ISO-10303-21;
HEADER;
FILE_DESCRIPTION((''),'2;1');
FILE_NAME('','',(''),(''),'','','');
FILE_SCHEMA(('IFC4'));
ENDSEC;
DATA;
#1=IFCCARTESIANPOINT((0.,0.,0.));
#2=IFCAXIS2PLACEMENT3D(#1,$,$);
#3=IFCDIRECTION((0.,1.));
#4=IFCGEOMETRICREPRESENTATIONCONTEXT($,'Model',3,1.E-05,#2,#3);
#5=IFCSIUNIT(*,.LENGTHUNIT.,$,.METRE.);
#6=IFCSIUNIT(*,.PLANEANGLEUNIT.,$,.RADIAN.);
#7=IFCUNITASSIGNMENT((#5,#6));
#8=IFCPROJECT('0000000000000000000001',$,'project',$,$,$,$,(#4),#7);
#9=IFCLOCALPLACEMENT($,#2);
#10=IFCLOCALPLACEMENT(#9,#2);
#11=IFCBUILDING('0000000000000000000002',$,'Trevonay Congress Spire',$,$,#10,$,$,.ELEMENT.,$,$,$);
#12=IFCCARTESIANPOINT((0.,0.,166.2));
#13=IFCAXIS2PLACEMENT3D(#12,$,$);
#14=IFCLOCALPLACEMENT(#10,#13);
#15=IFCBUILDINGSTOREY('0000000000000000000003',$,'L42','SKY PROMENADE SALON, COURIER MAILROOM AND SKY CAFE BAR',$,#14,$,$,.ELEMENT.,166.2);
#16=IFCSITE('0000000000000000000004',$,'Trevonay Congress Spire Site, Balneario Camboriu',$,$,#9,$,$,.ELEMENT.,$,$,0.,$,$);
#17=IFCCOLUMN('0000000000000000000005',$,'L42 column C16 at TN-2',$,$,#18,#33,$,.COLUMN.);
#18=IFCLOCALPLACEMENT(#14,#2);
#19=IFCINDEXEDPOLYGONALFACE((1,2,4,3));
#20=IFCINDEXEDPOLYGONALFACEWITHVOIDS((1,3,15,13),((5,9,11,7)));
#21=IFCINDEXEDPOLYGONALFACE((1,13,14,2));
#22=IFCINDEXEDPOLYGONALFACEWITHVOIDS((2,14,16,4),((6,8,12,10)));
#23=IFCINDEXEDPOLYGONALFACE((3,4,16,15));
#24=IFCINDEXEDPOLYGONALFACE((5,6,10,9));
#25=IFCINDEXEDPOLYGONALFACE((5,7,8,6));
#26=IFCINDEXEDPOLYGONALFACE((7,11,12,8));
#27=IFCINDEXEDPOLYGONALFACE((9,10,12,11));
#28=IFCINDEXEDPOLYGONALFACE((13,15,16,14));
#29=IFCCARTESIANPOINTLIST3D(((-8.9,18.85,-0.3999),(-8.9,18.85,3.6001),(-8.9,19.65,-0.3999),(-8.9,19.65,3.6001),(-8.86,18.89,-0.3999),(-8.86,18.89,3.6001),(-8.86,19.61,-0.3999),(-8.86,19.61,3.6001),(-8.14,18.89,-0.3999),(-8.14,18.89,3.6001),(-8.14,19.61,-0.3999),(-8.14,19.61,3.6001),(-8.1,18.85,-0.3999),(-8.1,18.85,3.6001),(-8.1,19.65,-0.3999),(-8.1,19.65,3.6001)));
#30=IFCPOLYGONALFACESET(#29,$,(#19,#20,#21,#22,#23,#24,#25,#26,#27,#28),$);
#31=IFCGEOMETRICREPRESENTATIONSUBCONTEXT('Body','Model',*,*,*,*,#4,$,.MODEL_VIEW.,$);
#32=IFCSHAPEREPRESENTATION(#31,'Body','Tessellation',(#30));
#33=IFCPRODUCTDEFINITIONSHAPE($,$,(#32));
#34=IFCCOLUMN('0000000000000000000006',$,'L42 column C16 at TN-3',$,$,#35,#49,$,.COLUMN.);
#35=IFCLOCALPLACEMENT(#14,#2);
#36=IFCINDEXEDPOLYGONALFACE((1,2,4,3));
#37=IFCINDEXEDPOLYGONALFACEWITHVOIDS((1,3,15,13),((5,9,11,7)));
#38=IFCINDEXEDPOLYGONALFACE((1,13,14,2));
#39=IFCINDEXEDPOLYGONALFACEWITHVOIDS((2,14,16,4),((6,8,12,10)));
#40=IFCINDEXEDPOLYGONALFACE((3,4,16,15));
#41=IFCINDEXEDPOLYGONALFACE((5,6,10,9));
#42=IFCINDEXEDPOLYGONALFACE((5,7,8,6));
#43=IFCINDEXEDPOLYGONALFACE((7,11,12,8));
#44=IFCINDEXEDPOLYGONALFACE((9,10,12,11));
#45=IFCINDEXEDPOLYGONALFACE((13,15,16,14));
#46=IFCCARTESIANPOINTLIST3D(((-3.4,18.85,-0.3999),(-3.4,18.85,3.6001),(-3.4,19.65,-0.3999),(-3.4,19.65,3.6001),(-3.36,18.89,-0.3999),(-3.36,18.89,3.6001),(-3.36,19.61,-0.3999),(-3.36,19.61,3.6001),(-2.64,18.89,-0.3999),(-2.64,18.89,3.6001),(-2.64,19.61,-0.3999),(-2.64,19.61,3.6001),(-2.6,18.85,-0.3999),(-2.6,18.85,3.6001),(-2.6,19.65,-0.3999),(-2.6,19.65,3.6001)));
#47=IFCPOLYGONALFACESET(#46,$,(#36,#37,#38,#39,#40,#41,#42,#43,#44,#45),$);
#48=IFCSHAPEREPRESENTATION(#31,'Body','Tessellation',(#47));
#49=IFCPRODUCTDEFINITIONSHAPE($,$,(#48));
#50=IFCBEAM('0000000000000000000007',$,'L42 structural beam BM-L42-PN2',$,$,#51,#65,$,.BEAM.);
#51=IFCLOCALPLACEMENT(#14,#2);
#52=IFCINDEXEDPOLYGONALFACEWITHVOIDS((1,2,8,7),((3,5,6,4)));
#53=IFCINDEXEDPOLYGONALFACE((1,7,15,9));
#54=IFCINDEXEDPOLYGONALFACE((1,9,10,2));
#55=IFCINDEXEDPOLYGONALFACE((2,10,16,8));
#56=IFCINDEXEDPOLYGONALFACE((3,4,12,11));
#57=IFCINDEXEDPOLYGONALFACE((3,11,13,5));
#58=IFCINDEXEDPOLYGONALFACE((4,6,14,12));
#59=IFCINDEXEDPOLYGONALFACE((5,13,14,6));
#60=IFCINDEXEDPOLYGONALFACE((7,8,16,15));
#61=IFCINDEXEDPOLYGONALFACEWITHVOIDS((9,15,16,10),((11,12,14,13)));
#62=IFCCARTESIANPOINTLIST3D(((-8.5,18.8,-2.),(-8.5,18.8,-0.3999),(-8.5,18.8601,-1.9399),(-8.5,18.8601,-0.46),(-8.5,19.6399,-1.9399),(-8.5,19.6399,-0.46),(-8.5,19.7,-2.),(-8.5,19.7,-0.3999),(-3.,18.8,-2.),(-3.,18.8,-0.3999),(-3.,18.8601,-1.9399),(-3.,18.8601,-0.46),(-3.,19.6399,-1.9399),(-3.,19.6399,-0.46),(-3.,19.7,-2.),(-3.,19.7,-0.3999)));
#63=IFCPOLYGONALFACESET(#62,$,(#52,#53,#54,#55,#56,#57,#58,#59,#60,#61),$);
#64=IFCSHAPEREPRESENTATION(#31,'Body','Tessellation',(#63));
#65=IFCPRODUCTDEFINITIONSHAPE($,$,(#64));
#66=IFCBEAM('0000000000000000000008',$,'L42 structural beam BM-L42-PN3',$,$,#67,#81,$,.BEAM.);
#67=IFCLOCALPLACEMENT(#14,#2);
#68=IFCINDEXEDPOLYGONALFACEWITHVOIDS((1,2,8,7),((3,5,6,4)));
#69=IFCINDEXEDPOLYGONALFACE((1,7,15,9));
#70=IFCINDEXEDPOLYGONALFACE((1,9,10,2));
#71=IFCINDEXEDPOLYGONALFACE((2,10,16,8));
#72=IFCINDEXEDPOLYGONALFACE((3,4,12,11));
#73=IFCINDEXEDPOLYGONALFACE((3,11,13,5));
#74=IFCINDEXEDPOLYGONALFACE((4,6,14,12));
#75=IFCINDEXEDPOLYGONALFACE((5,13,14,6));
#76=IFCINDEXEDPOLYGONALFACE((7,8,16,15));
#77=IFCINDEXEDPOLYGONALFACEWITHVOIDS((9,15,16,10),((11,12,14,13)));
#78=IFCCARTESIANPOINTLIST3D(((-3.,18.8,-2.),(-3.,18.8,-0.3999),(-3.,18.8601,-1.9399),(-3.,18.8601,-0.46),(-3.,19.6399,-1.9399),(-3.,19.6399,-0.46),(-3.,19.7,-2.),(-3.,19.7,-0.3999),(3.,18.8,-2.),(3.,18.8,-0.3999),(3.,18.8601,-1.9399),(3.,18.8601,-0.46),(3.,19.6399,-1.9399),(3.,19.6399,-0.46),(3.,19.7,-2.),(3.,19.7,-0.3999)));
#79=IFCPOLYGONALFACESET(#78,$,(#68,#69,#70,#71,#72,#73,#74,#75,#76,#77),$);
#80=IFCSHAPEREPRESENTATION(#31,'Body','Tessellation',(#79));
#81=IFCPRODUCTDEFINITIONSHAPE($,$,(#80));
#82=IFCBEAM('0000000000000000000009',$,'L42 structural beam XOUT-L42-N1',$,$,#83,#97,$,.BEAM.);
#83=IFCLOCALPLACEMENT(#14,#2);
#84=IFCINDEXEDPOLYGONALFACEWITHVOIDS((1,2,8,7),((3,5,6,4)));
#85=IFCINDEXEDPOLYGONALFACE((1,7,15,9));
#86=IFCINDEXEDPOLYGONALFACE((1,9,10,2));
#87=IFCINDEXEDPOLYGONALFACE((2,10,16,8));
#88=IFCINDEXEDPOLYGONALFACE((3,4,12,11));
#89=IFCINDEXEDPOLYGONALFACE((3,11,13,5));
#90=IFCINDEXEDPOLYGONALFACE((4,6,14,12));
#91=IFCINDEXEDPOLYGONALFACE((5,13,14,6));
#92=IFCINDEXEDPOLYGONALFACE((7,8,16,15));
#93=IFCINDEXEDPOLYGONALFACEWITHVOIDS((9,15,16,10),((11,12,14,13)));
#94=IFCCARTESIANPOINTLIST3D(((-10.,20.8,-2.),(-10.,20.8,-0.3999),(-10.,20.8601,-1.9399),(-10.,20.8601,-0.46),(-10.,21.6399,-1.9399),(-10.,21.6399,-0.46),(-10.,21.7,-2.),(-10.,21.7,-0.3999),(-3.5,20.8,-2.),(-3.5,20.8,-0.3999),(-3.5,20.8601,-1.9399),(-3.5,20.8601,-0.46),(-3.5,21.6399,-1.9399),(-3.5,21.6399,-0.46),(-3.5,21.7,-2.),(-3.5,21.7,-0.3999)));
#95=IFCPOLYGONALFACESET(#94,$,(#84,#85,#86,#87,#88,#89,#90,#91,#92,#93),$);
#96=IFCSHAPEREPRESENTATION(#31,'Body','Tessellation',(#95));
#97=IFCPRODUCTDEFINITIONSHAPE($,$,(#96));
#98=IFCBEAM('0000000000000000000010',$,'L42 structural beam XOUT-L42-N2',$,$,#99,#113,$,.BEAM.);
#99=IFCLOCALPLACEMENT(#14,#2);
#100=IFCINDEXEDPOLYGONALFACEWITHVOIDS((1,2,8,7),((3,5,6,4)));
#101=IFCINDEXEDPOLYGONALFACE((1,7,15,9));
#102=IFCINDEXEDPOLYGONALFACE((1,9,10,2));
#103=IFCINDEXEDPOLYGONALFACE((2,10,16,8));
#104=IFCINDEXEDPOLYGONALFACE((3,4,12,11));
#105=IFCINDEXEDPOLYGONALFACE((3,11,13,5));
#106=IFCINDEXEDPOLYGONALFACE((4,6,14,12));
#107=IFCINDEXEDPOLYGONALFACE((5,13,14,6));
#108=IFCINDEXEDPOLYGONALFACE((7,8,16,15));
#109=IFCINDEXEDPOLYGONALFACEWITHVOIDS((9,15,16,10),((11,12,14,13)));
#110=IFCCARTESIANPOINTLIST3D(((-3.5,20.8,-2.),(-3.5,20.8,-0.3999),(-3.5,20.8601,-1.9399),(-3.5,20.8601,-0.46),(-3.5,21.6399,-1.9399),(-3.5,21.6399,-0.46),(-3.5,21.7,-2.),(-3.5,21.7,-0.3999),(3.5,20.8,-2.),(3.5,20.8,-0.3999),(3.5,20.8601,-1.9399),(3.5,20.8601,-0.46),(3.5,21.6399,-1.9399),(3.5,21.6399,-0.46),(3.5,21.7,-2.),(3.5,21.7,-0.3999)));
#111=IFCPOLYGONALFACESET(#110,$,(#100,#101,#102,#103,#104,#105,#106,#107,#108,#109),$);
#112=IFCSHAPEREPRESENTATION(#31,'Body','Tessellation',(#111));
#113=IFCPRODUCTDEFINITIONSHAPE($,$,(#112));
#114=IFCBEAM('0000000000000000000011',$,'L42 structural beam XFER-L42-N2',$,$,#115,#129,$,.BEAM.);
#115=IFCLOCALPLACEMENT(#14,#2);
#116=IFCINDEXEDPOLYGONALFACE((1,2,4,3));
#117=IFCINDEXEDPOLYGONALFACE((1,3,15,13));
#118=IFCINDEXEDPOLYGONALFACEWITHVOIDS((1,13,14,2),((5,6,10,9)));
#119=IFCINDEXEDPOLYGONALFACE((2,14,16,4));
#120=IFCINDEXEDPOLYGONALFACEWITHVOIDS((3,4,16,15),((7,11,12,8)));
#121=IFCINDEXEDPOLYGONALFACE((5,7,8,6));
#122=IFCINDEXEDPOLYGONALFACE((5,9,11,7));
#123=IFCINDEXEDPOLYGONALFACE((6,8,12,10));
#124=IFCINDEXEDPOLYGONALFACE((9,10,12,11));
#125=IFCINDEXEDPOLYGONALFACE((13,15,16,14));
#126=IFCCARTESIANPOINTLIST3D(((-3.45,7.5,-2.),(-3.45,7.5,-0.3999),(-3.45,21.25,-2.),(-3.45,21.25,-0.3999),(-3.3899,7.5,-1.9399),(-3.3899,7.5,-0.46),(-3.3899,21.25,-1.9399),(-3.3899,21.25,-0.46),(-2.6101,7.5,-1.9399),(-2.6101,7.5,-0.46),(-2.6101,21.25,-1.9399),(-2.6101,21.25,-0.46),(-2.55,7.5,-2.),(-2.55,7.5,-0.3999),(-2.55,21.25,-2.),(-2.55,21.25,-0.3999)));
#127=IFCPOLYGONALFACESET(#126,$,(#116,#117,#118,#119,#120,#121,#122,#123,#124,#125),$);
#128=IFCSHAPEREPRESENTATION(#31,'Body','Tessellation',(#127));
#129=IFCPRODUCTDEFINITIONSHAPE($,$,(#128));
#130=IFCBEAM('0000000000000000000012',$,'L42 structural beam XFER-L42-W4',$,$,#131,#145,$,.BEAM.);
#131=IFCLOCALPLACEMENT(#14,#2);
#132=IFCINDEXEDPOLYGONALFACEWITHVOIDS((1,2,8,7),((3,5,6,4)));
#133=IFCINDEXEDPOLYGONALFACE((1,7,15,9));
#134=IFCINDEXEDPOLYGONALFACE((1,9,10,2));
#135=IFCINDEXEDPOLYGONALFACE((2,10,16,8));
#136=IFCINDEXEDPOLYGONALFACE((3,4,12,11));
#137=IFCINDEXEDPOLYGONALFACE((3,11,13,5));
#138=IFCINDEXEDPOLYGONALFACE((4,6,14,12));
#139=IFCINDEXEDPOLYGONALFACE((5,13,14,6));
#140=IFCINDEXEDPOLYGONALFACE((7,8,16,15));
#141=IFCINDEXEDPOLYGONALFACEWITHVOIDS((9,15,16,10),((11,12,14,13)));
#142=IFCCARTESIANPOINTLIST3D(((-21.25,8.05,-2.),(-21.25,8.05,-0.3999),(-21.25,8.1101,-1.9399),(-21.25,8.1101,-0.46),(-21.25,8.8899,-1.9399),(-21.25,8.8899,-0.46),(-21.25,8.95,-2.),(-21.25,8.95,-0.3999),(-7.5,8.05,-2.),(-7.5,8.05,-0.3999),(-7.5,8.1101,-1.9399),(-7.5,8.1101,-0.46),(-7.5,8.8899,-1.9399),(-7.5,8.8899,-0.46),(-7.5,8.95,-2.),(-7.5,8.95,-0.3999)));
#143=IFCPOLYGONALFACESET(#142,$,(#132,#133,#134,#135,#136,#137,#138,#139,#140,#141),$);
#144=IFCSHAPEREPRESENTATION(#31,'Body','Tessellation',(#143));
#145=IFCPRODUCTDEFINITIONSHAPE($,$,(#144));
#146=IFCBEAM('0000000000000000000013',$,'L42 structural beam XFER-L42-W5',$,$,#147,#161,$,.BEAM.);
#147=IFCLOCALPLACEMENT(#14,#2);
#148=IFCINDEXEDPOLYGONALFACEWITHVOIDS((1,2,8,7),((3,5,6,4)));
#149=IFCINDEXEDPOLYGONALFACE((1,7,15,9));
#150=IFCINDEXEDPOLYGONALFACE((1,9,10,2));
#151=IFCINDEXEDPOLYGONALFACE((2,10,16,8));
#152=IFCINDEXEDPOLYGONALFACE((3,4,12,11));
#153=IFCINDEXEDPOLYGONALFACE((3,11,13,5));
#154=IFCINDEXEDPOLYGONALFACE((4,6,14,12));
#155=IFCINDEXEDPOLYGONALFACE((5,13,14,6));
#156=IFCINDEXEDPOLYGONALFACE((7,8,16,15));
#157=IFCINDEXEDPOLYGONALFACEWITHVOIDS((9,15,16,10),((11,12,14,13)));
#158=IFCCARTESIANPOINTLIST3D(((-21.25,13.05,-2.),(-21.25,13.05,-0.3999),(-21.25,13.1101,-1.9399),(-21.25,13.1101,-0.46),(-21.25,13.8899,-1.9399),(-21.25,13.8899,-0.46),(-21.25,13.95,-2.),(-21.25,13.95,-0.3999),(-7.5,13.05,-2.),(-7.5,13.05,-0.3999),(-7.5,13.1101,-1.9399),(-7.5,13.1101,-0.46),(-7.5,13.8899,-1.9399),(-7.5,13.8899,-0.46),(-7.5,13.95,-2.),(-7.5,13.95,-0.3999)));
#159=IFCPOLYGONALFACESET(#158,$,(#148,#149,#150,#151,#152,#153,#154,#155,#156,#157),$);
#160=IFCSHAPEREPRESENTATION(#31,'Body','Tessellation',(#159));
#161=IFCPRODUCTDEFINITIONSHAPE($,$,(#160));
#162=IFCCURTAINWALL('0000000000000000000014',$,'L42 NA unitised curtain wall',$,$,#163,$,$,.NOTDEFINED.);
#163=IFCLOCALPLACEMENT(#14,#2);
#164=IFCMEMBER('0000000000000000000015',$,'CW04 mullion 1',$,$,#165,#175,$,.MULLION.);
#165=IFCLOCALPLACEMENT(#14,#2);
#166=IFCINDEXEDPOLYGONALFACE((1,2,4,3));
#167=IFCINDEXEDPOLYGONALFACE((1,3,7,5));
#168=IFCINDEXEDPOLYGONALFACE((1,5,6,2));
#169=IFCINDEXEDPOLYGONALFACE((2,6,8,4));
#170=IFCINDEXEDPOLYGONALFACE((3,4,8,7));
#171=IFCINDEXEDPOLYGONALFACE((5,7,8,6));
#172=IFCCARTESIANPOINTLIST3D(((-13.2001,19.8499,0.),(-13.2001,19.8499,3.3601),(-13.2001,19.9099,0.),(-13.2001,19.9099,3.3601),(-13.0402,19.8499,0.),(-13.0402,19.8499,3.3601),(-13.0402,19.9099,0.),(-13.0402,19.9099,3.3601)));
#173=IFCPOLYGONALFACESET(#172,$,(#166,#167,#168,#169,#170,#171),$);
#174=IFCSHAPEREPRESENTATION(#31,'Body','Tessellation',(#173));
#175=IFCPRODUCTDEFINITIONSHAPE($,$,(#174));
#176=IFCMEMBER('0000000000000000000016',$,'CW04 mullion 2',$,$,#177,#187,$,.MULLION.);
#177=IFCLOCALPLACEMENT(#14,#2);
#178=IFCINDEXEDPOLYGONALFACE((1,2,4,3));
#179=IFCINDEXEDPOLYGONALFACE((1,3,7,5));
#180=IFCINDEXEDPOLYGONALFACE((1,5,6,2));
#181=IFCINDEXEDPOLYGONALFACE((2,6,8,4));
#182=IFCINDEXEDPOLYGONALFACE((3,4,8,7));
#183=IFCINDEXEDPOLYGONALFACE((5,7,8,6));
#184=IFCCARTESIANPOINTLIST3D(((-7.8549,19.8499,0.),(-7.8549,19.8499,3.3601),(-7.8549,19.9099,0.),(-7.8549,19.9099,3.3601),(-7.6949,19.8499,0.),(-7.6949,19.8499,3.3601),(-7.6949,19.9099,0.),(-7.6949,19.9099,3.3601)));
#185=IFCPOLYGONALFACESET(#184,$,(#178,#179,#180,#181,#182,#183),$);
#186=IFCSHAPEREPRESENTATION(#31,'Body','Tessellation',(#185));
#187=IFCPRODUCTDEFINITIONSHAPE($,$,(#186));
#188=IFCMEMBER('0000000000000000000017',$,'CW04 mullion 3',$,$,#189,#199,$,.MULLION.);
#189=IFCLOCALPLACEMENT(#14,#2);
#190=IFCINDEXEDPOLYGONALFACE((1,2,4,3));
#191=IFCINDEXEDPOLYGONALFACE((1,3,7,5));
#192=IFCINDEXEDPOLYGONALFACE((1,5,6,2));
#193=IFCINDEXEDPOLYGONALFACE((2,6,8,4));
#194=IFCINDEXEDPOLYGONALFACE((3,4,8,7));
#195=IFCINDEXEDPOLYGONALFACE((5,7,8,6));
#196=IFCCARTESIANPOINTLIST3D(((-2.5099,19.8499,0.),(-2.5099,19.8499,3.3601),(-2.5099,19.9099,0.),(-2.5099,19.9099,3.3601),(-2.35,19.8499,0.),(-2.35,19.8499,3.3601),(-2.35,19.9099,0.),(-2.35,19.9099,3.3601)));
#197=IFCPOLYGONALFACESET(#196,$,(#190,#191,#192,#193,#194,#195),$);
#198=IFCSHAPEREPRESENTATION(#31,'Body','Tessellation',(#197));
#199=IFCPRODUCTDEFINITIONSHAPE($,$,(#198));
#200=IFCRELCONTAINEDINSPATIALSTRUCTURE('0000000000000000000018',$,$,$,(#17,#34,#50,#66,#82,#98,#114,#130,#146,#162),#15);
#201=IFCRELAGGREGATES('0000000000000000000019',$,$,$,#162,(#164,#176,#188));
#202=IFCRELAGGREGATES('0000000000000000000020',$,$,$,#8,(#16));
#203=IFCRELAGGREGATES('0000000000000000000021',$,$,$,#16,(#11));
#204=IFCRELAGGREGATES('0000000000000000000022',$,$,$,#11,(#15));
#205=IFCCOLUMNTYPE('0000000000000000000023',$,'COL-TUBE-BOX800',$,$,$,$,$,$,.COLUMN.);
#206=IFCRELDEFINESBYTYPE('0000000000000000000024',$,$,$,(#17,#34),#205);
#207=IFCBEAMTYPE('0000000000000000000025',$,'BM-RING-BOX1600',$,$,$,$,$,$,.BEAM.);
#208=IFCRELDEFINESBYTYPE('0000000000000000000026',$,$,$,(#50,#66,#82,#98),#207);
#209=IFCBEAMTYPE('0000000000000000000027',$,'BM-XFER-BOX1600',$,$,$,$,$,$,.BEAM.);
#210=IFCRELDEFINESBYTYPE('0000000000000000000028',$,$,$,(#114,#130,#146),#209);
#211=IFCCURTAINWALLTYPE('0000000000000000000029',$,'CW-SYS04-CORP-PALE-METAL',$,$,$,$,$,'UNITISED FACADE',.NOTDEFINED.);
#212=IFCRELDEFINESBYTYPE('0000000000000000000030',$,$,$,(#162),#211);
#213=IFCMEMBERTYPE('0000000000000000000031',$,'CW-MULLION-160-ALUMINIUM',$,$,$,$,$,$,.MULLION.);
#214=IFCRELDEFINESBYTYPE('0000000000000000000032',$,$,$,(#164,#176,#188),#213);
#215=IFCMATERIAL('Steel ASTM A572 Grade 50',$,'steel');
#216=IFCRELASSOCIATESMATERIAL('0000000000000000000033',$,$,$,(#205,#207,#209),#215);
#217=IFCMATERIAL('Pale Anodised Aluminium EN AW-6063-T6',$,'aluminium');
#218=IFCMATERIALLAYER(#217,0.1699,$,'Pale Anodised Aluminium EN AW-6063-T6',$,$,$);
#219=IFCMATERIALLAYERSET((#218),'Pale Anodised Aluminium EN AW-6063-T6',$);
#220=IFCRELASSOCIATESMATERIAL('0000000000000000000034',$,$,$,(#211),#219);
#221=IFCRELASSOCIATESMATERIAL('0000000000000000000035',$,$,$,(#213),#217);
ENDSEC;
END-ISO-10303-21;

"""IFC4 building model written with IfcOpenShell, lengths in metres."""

from ifc_helpers import new_model, si_unit, direction, frame, origin, origin_2d, place, context, subcontext, project, spatial, rectangle, hollow_rectangle, extrude, material, layer, layer_set, material_profile, profile_set, type_object, element, aggregate, save


model = new_model("IFC4")

# Units and contexts
model_context = context("Model", 3, precision=1e-05, world=origin(), true_north=direction((0.0, 1.0)))
body_context = subcontext(model_context, "Body", "Model", "MODEL_VIEW")
ifc_project = project(units=[si_unit("LENGTHUNIT", "METRE"), si_unit("PLANEANGLEUNIT", "RADIAN")], contexts=[model_context])

# Site, building, storey
site_placement = place(None, origin())
site = spatial("IfcSite", under=ifc_project, at=site_placement, Name="Trevonay Congress Spire Site, Balneario Camboriu", CompositionType="ELEMENT", RefElevation=0.0)
building_placement = place(site_placement, origin())
building = spatial("IfcBuilding", under=site, at=building_placement, Name="Trevonay Congress Spire", CompositionType="ELEMENT")
storey_placement = place(building_placement, frame((0.0, 0.0, 166.2)))
storey = spatial("IfcBuildingStorey", under=building, at=storey_placement, Name="L42", Description="SKY PROMENADE SALON, COURIER MAILROOM AND SKY CAFE BAR", CompositionType="ELEMENT", Elevation=166.2)

# Columns
ifc_material_1 = material(Name="Steel ASTM A572 Grade 50", Category="steel")
ifc_material_profile_1 = material_profile(ifc_material_1, hollow_rectangle(XDim=0.8, YDim=0.8, WallThickness=0.04, at=origin_2d()), Name="BOX 800x800x40")
ifc_profile_set_1 = profile_set([ifc_material_profile_1], Name="Steel ASTM A572 Grade 50")
column_type = type_object("IfcColumnType", Name="COL-TUBE-BOX800", PredefinedType="COLUMN", material=ifc_profile_set_1)
for number, where, z_axis, x_axis, name in (
    (1, (-8.5, 19.25, -0.3999), (0.0, 0.0, 1.0), (1.0, 0.0, 0.0), "L42 column C16 at TN-2"),
    (2, (-3.0, 19.25, -0.3999), (0.0, 0.0, 1.0), (1.0, 0.0, 0.0), "L42 column C16 at TN-3"),
):
    element("IfcColumn", number, at=place(storey_placement, frame(where, z_axis=z_axis, x_axis=x_axis)), inside=storey, type_object=column_type, Name=name, PredefinedType="COLUMN", context=body_context, shape_type="SweptSolid", body=[
        extrude(hollow_rectangle(XDim=0.8, YDim=0.8, WallThickness=0.04, at=origin_2d()), origin(), (0.0, 0.0, 1.0), 4.0),
    ])

# Beams
ifc_material_profile_2 = material_profile(ifc_material_1, hollow_rectangle(XDim=0.8999, YDim=1.6001, WallThickness=0.0601, at=origin_2d()), Name="BOX 1600x900x60")
ifc_profile_set_2 = profile_set([ifc_material_profile_2], Name="Steel ASTM A572 Grade 50")
beam_type_1 = type_object("IfcBeamType", Name="BM-RING-BOX1600", PredefinedType="BEAM", material=ifc_profile_set_2)
beam_1_placement = place(storey_placement, frame((-8.5, 19.25, -1.2), z_axis=(1.0, 0.0, 0.0), x_axis=(0.0, 1.0, 0.0)))
element("IfcBeam", 3, at=beam_1_placement, inside=storey, type_object=beam_type_1, Name="L42 structural beam BM-L42-PN2", PredefinedType="BEAM", context=body_context, shape_type="SweptSolid", body=[
    extrude(hollow_rectangle(XDim=0.8999, YDim=1.6001, WallThickness=0.0601, at=origin_2d()), origin(), (0.0, 0.0, 1.0), 5.5),
])
beam_2_placement = place(storey_placement, frame((-3.0, 19.25, -1.2), z_axis=(1.0, 0.0, 0.0), x_axis=(0.0, 1.0, 0.0)))
element("IfcBeam", 4, at=beam_2_placement, inside=storey, type_object=beam_type_1, Name="L42 structural beam BM-L42-PN3", PredefinedType="BEAM", context=body_context, shape_type="SweptSolid", body=[
    extrude(hollow_rectangle(XDim=0.8999, YDim=1.6001, WallThickness=0.0601, at=origin_2d()), origin(), (0.0, 0.0, 1.0), 6.0),
])
beam_3_placement = place(storey_placement, frame((-10.0, 21.25, -1.2), z_axis=(1.0, 0.0, 0.0), x_axis=(0.0, 1.0, 0.0)))
element("IfcBeam", 5, at=beam_3_placement, inside=storey, type_object=beam_type_1, Name="L42 structural beam XOUT-L42-N1", PredefinedType="BEAM", context=body_context, shape_type="SweptSolid", body=[
    extrude(hollow_rectangle(XDim=0.8999, YDim=1.6001, WallThickness=0.0601, at=origin_2d()), origin(), (0.0, 0.0, 1.0), 6.5),
])
beam_4_placement = place(storey_placement, frame((-3.5, 21.25, -1.2), z_axis=(1.0, 0.0, 0.0), x_axis=(0.0, 1.0, 0.0)))
element("IfcBeam", 6, at=beam_4_placement, inside=storey, type_object=beam_type_1, Name="L42 structural beam XOUT-L42-N2", PredefinedType="BEAM", context=body_context, shape_type="SweptSolid", body=[
    extrude(hollow_rectangle(XDim=0.8999, YDim=1.6001, WallThickness=0.0601, at=origin_2d()), origin(), (0.0, 0.0, 1.0), 7.0),
])
ifc_material_profile_3 = material_profile(ifc_material_1, hollow_rectangle(XDim=0.8999, YDim=1.6001, WallThickness=0.0601, at=origin_2d()), Name="BOX 1600x900x60")
ifc_profile_set_3 = profile_set([ifc_material_profile_3], Name="Steel ASTM A572 Grade 50")
beam_type_2 = type_object("IfcBeamType", Name="BM-XFER-BOX1600", PredefinedType="BEAM", material=ifc_profile_set_3)
for number, where, z_axis, x_axis, name in (
    (7, (-3.0, 7.5, -1.2), (0.0, 1.0, 0.0), (-1.0, 0.0, 0.0), "L42 structural beam XFER-L42-N2"),
    (8, (-7.5, 8.5, -1.2), (-1.0, 0.0, 0.0), (0.0, -1.0, 0.0), "L42 structural beam XFER-L42-W4"),
    (9, (-7.5, 13.5, -1.2), (-1.0, 0.0, 0.0), (0.0, -1.0, 0.0), "L42 structural beam XFER-L42-W5"),
):
    element("IfcBeam", number, at=place(storey_placement, frame(where, z_axis=z_axis, x_axis=x_axis)), inside=storey, type_object=beam_type_2, Name=name, PredefinedType="BEAM", context=body_context, shape_type="SweptSolid", body=[
        extrude(hollow_rectangle(XDim=0.8999, YDim=1.6001, WallThickness=0.0601, at=origin_2d()), origin(), (0.0, 0.0, 1.0), 13.75),
    ])

# Curtain wall, members
ifc_material_2 = material(Name="Pale Anodised Aluminium EN AW-6063-T6", Category="aluminium")
ifc_layer_1 = layer(ifc_material_2, 0.1699, Name="Pale Anodised Aluminium EN AW-6063-T6")
ifc_layer_set_1 = layer_set([ifc_layer_1], Name="Pale Anodised Aluminium EN AW-6063-T6")
curtain_wall_type = type_object("IfcCurtainWallType", Name="CW-SYS04-CORP-PALE-METAL", ElementType="UNITISED FACADE", PredefinedType="NOTDEFINED", material=ifc_layer_set_1)
curtain_wall_placement = place(storey_placement, origin())
curtain_wall = element("IfcCurtainWall", 10, at=curtain_wall_placement, inside=storey, type_object=curtain_wall_type, Name="L42 NA unitised curtain wall", PredefinedType="NOTDEFINED")
ifc_material_profile_4 = material_profile(ifc_material_2, rectangle(XDim=0.0601, YDim=0.1599, at=origin_2d()), Name="CW-MULLION-160-ALUMINIUM")
ifc_profile_set_4 = profile_set([ifc_material_profile_4], Name="Pale Anodised Aluminium EN AW-6063-T6")
member_type_1 = type_object("IfcMemberType", Name="CW-MULLION-160-ALUMINIUM", PredefinedType="MULLION", material=ifc_profile_set_4)
member_1_placement = place(storey_placement, frame((-13.1201, 19.8799, 0.0), z_axis=(0.0, 0.0, 1.0), x_axis=(0.0, 1.0, 0.0)))
member_1 = element("IfcMember", 11, at=member_1_placement, type_object=member_type_1, Name="CW04 mullion 1", PredefinedType="MULLION", context=body_context, shape_type="SweptSolid", body=[
    extrude(rectangle(XDim=0.0601, YDim=0.1599, at=origin_2d()), origin(), (0.0, 0.0, 1.0), 3.3601),
])
member_2_placement = place(storey_placement, frame((-7.7749, 19.8799, 0.0), z_axis=(0.0, 0.0, 1.0), x_axis=(0.0, 1.0, 0.0)))
member_2 = element("IfcMember", 12, at=member_2_placement, type_object=member_type_1, Name="CW04 mullion 2", PredefinedType="MULLION", context=body_context, shape_type="SweptSolid", body=[
    extrude(rectangle(XDim=0.0601, YDim=0.1599, at=origin_2d()), origin(), (0.0, 0.0, 1.0), 3.3601),
])
member_3_placement = place(storey_placement, frame((-2.4299, 19.8799, 0.0), z_axis=(0.0, 0.0, 1.0), x_axis=(0.0, 1.0, 0.0)))
member_3 = element("IfcMember", 13, at=member_3_placement, type_object=member_type_1, Name="CW04 mullion 3", PredefinedType="MULLION", context=body_context, shape_type="SweptSolid", body=[
    extrude(rectangle(XDim=0.0601, YDim=0.1599, at=origin_2d()), origin(), (0.0, 0.0, 1.0), 3.3601),
])
aggregate(curtain_wall, [member_1, member_2, member_3])

save(model, "model.ifc")
